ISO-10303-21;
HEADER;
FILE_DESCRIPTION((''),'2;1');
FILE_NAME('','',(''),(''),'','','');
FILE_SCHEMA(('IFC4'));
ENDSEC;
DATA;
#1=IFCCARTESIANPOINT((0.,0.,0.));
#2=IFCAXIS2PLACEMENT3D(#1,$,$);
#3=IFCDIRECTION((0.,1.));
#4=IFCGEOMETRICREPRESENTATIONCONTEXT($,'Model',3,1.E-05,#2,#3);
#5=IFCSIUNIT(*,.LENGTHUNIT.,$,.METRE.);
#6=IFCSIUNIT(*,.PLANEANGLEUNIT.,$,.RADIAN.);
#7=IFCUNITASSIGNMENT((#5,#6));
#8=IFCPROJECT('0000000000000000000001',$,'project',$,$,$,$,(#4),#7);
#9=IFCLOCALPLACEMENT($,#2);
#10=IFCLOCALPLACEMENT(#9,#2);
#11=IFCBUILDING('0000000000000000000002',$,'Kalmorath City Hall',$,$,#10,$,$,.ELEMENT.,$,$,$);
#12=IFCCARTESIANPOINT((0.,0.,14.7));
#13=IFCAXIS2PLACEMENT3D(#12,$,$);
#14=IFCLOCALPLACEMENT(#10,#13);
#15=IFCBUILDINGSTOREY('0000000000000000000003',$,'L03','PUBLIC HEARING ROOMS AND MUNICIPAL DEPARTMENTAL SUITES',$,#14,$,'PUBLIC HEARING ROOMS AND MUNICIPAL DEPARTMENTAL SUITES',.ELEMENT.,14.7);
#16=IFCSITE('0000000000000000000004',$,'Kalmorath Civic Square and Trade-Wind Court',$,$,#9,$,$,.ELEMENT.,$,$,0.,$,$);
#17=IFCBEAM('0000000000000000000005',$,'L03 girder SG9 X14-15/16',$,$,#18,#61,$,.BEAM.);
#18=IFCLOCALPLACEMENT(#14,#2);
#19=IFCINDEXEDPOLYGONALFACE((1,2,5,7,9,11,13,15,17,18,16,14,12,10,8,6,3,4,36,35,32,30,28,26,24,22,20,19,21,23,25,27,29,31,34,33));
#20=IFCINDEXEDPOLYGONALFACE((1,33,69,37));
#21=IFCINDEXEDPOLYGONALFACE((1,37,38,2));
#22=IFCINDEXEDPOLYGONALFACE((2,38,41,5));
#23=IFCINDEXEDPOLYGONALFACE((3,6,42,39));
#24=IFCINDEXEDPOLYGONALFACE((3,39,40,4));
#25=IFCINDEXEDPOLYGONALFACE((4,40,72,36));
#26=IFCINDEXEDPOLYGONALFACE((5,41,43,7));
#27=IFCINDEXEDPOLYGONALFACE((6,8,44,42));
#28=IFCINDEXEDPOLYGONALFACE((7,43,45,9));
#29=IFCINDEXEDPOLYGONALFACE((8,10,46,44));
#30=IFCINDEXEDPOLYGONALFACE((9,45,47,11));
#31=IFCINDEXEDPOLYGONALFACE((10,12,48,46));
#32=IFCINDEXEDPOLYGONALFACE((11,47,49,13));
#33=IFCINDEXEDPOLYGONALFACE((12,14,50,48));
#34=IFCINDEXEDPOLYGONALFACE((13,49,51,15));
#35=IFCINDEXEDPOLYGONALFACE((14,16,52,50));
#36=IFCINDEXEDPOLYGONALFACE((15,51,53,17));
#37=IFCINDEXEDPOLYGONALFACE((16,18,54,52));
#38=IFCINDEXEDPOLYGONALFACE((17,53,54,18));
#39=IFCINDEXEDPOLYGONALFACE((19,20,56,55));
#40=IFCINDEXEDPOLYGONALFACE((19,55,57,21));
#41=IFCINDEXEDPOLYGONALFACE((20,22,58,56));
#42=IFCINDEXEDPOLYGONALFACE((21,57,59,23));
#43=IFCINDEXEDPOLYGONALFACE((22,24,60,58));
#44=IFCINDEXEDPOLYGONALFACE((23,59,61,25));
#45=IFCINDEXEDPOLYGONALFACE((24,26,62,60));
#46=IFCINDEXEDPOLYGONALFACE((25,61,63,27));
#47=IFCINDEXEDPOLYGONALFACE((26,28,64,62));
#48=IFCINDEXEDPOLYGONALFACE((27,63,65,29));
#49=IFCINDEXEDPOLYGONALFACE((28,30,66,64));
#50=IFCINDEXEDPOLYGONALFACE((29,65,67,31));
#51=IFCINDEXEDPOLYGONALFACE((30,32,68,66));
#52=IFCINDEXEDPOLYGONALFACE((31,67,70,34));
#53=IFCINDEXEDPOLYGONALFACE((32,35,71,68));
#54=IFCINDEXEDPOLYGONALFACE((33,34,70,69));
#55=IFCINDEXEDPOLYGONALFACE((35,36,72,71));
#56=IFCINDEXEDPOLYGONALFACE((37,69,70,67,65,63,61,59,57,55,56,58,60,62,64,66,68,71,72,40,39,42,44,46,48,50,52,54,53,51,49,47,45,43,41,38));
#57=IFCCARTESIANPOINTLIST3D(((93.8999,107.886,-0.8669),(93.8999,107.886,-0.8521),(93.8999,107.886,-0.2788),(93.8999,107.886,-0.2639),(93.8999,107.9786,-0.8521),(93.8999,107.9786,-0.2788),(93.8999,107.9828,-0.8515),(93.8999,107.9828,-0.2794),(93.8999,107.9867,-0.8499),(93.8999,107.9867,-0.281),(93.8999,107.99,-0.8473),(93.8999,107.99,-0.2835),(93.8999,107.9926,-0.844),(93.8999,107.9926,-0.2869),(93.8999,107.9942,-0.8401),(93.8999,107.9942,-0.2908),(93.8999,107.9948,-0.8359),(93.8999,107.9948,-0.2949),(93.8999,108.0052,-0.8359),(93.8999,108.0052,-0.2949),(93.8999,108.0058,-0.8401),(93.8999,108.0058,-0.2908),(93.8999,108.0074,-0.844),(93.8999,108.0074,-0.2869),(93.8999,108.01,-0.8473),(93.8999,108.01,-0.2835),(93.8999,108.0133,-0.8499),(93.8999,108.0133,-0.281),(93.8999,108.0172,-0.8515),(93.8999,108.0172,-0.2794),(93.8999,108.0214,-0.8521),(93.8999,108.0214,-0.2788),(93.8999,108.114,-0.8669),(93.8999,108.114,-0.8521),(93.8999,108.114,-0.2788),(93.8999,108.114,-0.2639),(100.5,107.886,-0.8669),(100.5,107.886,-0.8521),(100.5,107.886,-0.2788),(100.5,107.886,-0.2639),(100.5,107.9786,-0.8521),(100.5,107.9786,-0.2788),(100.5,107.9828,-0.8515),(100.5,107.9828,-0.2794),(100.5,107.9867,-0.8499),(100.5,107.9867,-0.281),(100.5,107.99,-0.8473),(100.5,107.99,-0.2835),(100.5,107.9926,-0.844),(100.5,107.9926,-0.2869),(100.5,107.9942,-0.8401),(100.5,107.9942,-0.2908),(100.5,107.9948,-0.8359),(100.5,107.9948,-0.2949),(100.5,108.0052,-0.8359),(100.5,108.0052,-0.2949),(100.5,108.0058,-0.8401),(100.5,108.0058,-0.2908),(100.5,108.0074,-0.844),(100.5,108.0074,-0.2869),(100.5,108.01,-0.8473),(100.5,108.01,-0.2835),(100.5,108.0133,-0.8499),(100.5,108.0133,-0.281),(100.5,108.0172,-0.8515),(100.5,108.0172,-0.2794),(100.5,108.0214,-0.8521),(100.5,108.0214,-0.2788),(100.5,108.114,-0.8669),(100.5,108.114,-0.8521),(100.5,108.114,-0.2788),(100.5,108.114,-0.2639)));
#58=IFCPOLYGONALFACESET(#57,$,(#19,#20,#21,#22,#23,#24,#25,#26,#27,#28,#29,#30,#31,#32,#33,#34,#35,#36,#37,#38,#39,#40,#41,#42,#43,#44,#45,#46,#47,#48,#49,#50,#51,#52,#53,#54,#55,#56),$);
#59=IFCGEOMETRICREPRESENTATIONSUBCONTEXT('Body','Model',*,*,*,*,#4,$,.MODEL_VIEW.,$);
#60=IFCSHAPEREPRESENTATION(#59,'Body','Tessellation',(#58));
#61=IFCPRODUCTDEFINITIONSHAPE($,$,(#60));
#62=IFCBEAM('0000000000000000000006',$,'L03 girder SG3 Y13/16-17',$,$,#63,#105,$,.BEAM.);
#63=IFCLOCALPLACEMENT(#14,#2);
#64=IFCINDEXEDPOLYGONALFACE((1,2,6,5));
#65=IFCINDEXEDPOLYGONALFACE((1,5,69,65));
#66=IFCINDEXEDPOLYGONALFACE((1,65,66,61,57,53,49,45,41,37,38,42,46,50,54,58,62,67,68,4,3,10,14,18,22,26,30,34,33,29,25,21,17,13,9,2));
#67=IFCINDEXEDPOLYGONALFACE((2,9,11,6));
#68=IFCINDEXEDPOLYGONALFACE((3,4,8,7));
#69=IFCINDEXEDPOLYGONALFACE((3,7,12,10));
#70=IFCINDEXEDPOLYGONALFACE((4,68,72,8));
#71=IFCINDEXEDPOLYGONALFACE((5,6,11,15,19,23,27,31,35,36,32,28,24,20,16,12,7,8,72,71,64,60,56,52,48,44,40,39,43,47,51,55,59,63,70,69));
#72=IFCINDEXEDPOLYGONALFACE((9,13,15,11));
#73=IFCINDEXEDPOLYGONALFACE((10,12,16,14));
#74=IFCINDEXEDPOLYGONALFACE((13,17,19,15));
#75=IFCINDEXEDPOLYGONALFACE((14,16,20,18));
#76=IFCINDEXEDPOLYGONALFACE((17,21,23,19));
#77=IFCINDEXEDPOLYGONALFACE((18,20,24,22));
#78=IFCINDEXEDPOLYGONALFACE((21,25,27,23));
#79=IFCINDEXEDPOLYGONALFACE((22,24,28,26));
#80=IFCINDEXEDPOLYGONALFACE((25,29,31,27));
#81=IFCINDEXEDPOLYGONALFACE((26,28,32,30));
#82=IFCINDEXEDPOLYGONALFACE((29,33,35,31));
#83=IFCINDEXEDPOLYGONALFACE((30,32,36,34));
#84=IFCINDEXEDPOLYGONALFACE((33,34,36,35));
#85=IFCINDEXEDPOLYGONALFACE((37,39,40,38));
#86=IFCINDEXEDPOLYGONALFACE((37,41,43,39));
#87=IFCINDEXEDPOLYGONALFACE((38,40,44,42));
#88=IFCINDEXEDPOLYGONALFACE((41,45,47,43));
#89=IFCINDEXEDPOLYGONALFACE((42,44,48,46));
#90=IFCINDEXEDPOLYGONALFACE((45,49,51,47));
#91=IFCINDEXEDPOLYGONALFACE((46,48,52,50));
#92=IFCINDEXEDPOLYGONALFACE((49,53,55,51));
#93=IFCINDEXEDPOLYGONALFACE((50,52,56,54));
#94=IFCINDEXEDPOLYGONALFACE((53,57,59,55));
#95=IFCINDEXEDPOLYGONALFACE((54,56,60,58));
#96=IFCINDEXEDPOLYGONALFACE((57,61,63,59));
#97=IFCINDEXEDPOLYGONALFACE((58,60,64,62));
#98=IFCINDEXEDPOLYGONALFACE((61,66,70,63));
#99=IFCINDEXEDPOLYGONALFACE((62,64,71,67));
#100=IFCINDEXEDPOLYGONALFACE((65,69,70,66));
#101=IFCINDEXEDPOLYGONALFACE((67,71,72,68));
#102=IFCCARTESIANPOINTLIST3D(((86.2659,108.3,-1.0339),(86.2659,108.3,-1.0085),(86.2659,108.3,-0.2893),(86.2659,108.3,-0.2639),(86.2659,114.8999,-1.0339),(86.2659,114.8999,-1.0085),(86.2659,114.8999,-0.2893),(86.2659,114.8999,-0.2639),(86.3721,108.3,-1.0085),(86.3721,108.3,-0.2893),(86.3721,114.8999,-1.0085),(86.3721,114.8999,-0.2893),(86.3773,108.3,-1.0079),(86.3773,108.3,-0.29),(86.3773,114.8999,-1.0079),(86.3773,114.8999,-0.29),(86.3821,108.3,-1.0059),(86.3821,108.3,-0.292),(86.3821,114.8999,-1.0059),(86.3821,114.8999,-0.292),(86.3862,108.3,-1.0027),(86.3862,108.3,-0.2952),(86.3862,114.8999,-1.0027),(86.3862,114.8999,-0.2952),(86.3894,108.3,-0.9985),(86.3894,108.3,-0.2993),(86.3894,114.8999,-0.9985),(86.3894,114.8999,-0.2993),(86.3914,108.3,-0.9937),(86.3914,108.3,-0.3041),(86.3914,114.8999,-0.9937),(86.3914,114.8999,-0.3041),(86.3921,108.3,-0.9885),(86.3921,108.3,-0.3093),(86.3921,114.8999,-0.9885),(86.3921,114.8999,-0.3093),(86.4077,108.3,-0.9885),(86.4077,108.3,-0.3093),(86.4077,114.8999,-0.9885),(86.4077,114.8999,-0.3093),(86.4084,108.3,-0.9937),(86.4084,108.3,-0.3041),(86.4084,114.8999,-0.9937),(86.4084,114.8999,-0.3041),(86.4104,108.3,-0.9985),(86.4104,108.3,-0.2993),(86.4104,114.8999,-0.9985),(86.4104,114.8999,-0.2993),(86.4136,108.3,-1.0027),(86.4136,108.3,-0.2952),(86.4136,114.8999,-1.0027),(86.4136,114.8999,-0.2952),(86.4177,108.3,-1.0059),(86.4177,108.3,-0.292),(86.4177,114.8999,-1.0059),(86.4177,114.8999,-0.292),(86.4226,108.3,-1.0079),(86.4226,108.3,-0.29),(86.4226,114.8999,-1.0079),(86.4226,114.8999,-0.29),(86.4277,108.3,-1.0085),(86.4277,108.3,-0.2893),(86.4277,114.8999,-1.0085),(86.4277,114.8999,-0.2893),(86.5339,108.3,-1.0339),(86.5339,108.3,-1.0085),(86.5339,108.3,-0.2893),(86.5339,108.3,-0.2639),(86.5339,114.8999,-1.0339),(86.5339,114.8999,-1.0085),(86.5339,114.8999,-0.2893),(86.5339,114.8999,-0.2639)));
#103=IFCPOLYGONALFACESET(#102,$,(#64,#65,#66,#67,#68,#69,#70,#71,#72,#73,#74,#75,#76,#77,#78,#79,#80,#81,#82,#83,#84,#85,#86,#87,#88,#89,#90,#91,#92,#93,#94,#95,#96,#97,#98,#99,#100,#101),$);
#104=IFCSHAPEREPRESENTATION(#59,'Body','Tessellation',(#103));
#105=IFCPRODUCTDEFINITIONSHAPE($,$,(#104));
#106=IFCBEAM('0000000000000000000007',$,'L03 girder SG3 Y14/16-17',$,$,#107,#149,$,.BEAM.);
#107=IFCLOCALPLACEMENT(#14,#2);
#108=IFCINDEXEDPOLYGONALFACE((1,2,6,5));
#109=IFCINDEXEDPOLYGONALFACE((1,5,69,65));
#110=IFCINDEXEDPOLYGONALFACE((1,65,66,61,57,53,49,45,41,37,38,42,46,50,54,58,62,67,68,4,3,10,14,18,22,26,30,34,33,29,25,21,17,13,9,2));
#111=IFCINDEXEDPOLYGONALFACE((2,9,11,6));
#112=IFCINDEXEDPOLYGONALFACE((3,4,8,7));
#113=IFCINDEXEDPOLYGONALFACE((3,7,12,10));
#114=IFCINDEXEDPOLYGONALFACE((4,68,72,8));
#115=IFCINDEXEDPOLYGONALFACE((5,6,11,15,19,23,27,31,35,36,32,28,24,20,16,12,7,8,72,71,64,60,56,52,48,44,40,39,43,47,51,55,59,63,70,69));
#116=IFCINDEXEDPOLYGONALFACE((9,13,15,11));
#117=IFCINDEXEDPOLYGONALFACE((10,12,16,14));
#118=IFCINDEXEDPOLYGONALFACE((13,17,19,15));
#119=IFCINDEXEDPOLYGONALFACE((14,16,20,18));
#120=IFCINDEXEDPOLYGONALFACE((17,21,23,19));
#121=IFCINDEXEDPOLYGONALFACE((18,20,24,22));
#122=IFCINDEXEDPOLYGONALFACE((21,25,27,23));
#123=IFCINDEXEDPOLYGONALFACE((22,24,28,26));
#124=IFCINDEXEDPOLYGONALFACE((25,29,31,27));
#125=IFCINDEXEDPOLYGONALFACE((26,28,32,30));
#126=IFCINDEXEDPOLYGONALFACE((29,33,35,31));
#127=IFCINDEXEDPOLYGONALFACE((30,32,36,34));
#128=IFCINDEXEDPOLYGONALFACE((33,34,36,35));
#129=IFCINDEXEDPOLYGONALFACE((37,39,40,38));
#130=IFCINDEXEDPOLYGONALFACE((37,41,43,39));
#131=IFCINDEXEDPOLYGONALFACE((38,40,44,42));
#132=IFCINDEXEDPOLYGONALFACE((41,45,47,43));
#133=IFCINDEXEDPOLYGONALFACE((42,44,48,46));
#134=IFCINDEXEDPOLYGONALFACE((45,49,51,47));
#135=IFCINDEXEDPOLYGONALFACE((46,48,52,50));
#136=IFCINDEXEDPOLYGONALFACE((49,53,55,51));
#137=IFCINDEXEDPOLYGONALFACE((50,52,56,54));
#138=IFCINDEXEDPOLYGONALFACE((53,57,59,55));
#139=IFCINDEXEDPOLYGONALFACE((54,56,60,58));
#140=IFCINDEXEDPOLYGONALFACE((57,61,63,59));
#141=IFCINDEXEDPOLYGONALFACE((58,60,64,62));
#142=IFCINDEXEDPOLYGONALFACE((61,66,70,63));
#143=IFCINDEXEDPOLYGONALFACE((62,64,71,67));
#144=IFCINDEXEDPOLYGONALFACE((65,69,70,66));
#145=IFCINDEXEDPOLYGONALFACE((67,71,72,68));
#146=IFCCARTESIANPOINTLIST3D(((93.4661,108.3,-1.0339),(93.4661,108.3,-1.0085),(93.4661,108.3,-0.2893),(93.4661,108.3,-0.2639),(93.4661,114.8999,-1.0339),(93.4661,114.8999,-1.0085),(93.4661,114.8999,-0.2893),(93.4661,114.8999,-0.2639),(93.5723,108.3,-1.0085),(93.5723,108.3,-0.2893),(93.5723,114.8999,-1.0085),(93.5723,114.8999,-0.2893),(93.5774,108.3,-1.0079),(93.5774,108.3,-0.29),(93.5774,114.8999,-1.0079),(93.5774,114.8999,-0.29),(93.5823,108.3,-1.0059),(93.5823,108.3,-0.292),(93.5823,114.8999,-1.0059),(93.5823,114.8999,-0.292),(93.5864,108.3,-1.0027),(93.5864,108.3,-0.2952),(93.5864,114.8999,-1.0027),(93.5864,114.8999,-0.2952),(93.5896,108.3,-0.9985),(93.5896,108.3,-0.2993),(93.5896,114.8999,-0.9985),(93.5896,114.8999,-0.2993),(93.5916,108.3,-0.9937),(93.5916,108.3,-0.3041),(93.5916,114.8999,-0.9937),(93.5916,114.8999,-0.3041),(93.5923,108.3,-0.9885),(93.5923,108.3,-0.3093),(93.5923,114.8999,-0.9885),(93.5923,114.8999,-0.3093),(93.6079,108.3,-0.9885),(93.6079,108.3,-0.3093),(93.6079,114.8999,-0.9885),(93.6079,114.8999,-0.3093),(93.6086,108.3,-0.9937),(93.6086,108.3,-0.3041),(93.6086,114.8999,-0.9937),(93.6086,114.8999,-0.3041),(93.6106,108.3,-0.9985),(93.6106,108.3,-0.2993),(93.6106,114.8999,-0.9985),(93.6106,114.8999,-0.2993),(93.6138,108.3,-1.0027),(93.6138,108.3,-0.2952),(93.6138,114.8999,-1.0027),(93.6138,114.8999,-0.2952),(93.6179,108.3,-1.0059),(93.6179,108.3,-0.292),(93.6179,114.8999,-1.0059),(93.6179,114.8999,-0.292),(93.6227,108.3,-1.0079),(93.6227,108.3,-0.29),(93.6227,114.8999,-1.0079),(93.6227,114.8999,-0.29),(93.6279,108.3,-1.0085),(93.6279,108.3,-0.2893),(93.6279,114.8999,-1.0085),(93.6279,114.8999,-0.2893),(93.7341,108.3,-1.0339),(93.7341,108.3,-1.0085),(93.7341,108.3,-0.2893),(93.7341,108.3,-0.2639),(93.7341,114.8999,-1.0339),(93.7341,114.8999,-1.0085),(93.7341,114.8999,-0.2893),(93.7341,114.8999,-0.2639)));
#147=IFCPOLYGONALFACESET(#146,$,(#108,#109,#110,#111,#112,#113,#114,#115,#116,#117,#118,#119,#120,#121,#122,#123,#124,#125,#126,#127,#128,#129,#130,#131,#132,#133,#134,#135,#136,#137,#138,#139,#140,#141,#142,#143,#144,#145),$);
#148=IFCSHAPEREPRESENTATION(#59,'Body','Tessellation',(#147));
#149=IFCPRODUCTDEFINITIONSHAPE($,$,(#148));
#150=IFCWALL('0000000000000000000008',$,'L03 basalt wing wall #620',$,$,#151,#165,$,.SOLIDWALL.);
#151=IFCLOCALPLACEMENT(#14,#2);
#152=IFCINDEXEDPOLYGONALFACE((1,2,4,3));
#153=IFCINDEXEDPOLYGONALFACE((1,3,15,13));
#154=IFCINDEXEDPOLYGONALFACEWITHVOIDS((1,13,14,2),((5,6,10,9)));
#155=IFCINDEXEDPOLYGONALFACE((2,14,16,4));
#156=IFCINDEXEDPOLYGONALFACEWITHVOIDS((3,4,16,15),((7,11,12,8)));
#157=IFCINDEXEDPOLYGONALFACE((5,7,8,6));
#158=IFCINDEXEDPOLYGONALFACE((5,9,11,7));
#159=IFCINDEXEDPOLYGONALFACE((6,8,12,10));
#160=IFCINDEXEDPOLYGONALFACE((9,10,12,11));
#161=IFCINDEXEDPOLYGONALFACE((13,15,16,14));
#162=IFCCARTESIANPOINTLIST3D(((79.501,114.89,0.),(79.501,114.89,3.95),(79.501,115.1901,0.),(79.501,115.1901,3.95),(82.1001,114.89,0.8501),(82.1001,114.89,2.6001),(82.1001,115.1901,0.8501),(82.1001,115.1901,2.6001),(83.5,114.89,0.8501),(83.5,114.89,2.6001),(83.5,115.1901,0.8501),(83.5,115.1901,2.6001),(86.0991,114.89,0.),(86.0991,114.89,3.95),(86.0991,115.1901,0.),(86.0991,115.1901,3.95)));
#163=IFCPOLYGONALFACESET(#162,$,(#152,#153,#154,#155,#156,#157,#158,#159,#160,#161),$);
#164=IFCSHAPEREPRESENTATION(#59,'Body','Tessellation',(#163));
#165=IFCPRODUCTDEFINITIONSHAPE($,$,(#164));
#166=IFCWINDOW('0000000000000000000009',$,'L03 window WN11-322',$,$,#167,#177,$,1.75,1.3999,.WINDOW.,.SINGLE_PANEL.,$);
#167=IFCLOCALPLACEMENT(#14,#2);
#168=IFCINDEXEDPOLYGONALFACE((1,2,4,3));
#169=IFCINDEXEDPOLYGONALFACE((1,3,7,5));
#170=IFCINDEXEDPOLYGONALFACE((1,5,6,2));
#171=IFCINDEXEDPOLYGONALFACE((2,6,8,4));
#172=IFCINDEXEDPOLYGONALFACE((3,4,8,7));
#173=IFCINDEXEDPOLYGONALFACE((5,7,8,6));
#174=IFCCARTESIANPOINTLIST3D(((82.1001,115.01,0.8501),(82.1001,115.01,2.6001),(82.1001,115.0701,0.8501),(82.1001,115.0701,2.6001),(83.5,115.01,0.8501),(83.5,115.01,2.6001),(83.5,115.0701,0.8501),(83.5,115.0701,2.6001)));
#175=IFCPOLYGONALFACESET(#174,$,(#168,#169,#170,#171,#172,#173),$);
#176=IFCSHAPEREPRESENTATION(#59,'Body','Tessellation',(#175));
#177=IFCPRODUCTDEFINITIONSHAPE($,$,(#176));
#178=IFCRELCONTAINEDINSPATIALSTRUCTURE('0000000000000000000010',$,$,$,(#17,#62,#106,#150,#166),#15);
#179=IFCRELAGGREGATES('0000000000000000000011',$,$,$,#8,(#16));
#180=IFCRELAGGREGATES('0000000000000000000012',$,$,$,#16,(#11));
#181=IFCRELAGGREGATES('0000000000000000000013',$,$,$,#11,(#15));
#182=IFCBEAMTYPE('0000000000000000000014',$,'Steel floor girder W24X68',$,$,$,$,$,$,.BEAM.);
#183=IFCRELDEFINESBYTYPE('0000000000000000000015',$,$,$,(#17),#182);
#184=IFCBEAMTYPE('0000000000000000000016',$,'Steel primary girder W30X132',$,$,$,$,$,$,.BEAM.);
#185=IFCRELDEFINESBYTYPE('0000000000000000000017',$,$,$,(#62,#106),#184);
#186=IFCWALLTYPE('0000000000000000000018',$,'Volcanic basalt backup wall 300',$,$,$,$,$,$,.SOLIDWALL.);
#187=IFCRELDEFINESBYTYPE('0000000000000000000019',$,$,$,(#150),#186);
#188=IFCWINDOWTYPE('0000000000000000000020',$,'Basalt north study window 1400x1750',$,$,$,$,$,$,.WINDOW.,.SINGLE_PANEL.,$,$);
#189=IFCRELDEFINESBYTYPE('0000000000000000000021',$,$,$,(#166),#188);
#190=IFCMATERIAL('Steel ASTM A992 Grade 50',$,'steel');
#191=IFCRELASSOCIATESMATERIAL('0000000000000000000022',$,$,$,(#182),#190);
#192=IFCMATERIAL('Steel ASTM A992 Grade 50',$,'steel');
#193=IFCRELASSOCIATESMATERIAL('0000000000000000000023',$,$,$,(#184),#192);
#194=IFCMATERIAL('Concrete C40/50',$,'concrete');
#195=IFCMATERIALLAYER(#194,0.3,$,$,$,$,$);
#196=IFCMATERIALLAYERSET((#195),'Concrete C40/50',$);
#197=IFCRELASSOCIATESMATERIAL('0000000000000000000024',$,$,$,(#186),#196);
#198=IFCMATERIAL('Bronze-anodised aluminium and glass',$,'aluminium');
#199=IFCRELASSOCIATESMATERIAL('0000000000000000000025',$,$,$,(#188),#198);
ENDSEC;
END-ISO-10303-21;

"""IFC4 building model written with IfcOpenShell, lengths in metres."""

from ifc_helpers import new_model, si_unit, direction, frame, frame_2d, origin, origin_2d, place, context, subcontext, project, spatial, rectangle, i_section, extrude, material, layer, layer_set, material_profile, profile_set, type_object, element, fill, save


model = new_model("IFC4")

# Units and contexts
model_context = context("Model", 3, precision=1e-05, world=origin(), true_north=direction((0.0, 1.0)))
body_context = subcontext(model_context, "Body", "Model", "MODEL_VIEW")
ifc_project = project(units=[si_unit("LENGTHUNIT", "METRE"), si_unit("PLANEANGLEUNIT", "RADIAN")], contexts=[model_context])

# Site, building, storey
site_placement = place(None, origin())
site = spatial("IfcSite", under=ifc_project, at=site_placement, Name="Kalmorath Civic Square and Trade-Wind Court", CompositionType="ELEMENT", RefElevation=0.0)
building_placement = place(site_placement, origin())
building = spatial("IfcBuilding", under=site, at=building_placement, Name="Kalmorath City Hall", CompositionType="ELEMENT")
storey_placement = place(building_placement, frame((0.0, 0.0, 14.7)))
storey = spatial("IfcBuildingStorey", under=building, at=storey_placement, Name="L03", Description="PUBLIC HEARING ROOMS AND MUNICIPAL DEPARTMENTAL SUITES", LongName="PUBLIC HEARING ROOMS AND MUNICIPAL DEPARTMENTAL SUITES", CompositionType="ELEMENT", Elevation=14.7)

# Beams
ifc_material_1 = material(Name="Steel ASTM A992 Grade 50", Category="steel")
ifc_material_profile_1 = material_profile(ifc_material_1, i_section(OverallWidth=0.228, OverallDepth=0.603, WebThickness=0.0105, FlangeThickness=0.0149, FilletRadius=0.0161, at=origin_2d()), Name="W24X68")
ifc_profile_set_1 = profile_set([ifc_material_profile_1], Name="Steel ASTM A992 Grade 50")
beam_type_1 = type_object("IfcBeamType", Name="Steel floor girder W24X68", PredefinedType="BEAM", material=ifc_profile_set_1)
for number, where, z_axis, x_axis, name in (
    (1, (93.8999, 108.0, -0.5654), (1.0, 0.0, 0.0), (0.0, 1.0, 0.0), "L03 girder SG9 X14-15/16"),
):
    element("IfcBeam", number, at=place(storey_placement, frame(where, z_axis=z_axis, x_axis=x_axis)), inside=storey, type_object=beam_type_1, Name=name, PredefinedType="BEAM", context=body_context, shape_type="SweptSolid", body=[
        extrude(i_section(OverallWidth=0.228, OverallDepth=0.603, WebThickness=0.0105, FlangeThickness=0.0149, FilletRadius=0.0161, at=origin_2d()), origin(), (0.0, 0.0, 1.0), 6.6001),
    ])
ifc_material_2 = material(Name="Steel ASTM A992 Grade 50", Category="steel")
ifc_material_profile_2 = material_profile(ifc_material_2, i_section(OverallWidth=0.2681, OverallDepth=0.77, WebThickness=0.0156, FlangeThickness=0.0254, FilletRadius=0.02, at=origin_2d()), Name="W30X132")
ifc_profile_set_2 = profile_set([ifc_material_profile_2], Name="Steel ASTM A992 Grade 50")
beam_type_2 = type_object("IfcBeamType", Name="Steel primary girder W30X132", PredefinedType="BEAM", material=ifc_profile_set_2)
for number, where, z_axis, x_axis, name in (
    (2, (86.3999, 108.3, -0.6489), (0.0, 1.0, 0.0), (-1.0, 0.0, 0.0), "L03 girder SG3 Y13/16-17"),
    (3, (93.6001, 108.3, -0.6489), (0.0, 1.0, 0.0), (-1.0, 0.0, 0.0), "L03 girder SG3 Y14/16-17"),
):
    element("IfcBeam", number, at=place(storey_placement, frame(where, z_axis=z_axis, x_axis=x_axis)), inside=storey, type_object=beam_type_2, Name=name, PredefinedType="BEAM", context=body_context, shape_type="SweptSolid", body=[
        extrude(i_section(OverallWidth=0.2681, OverallDepth=0.77, WebThickness=0.0156, FlangeThickness=0.0254, FilletRadius=0.02, at=origin_2d()), origin(), (0.0, 0.0, 1.0), 6.5999),
    ])

# Wall, opening, window
ifc_material_3 = material(Name="Concrete C40/50", Category="concrete")
ifc_layer_1 = layer(ifc_material_3, 0.3)
ifc_layer_set_1 = layer_set([ifc_layer_1], Name="Concrete C40/50")
wall_type = type_object("IfcWallType", Name="Volcanic basalt backup wall 300", PredefinedType="SOLIDWALL", material=ifc_layer_set_1)
wall_1_placement = place(storey_placement, frame((79.501, 115.04, 0.0), z_axis=(0.0, 0.0, 1.0), x_axis=(1.0, 0.0, 0.0)))
wall_1 = element("IfcWall", 4, at=wall_1_placement, inside=storey, type_object=wall_type, Name="L03 basalt wing wall #620", PredefinedType="SOLIDWALL", context=body_context, shape_type="SweptSolid", body=[
    extrude(rectangle(XDim=6.5981, YDim=0.3, at=frame_2d((3.2991, 0.0))), origin(), (0.0, 0.0, 1.0), 3.95),
])
opening_1_placement = place(wall_1_placement, frame((2.5991, 0.0, 0.8501)))
opening_1 = element("IfcOpeningElement", 5, at=opening_1_placement, cuts=wall_1, PredefinedType="OPENING", context=body_context, shape_type="SweptSolid", body=[
    extrude(rectangle(XDim=1.3999, YDim=1.75, at=frame_2d((0.7, 0.875))), frame((0.0, 0.1599, 0.0), z_axis=(0.0, -1.0, 0.0), x_axis=(1.0, 0.0, 0.0)), (0.0, 0.0, 1.0), 0.3201),
])
ifc_material_4 = material(Name="Bronze-anodised aluminium and glass", Category="aluminium")
window_type_1 = type_object("IfcWindowType", Name="Basalt north study window 1400x1750", PartitioningType="SINGLE_PANEL", PredefinedType="WINDOW", material=ifc_material_4)
window_1_placement = place(opening_1_placement, origin())
window_1 = element("IfcWindow", 6, at=window_1_placement, inside=storey, type_object=window_type_1, Name="L03 window WN11-322", OverallHeight=1.75, OverallWidth=1.3999, PartitioningType="SINGLE_PANEL", PredefinedType="WINDOW", context=body_context, shape_type="SweptSolid", body=[
    extrude(rectangle(XDim=1.3999, YDim=1.75, at=frame_2d((0.7, 0.875))), frame((0.0, 0.03, 0.0), z_axis=(0.0, -1.0, 0.0), x_axis=(1.0, 0.0, 0.0)), (0.0, 0.0, 1.0), 0.0601),
])
fill(opening_1, window_1)

save(model, "model.ifc")
